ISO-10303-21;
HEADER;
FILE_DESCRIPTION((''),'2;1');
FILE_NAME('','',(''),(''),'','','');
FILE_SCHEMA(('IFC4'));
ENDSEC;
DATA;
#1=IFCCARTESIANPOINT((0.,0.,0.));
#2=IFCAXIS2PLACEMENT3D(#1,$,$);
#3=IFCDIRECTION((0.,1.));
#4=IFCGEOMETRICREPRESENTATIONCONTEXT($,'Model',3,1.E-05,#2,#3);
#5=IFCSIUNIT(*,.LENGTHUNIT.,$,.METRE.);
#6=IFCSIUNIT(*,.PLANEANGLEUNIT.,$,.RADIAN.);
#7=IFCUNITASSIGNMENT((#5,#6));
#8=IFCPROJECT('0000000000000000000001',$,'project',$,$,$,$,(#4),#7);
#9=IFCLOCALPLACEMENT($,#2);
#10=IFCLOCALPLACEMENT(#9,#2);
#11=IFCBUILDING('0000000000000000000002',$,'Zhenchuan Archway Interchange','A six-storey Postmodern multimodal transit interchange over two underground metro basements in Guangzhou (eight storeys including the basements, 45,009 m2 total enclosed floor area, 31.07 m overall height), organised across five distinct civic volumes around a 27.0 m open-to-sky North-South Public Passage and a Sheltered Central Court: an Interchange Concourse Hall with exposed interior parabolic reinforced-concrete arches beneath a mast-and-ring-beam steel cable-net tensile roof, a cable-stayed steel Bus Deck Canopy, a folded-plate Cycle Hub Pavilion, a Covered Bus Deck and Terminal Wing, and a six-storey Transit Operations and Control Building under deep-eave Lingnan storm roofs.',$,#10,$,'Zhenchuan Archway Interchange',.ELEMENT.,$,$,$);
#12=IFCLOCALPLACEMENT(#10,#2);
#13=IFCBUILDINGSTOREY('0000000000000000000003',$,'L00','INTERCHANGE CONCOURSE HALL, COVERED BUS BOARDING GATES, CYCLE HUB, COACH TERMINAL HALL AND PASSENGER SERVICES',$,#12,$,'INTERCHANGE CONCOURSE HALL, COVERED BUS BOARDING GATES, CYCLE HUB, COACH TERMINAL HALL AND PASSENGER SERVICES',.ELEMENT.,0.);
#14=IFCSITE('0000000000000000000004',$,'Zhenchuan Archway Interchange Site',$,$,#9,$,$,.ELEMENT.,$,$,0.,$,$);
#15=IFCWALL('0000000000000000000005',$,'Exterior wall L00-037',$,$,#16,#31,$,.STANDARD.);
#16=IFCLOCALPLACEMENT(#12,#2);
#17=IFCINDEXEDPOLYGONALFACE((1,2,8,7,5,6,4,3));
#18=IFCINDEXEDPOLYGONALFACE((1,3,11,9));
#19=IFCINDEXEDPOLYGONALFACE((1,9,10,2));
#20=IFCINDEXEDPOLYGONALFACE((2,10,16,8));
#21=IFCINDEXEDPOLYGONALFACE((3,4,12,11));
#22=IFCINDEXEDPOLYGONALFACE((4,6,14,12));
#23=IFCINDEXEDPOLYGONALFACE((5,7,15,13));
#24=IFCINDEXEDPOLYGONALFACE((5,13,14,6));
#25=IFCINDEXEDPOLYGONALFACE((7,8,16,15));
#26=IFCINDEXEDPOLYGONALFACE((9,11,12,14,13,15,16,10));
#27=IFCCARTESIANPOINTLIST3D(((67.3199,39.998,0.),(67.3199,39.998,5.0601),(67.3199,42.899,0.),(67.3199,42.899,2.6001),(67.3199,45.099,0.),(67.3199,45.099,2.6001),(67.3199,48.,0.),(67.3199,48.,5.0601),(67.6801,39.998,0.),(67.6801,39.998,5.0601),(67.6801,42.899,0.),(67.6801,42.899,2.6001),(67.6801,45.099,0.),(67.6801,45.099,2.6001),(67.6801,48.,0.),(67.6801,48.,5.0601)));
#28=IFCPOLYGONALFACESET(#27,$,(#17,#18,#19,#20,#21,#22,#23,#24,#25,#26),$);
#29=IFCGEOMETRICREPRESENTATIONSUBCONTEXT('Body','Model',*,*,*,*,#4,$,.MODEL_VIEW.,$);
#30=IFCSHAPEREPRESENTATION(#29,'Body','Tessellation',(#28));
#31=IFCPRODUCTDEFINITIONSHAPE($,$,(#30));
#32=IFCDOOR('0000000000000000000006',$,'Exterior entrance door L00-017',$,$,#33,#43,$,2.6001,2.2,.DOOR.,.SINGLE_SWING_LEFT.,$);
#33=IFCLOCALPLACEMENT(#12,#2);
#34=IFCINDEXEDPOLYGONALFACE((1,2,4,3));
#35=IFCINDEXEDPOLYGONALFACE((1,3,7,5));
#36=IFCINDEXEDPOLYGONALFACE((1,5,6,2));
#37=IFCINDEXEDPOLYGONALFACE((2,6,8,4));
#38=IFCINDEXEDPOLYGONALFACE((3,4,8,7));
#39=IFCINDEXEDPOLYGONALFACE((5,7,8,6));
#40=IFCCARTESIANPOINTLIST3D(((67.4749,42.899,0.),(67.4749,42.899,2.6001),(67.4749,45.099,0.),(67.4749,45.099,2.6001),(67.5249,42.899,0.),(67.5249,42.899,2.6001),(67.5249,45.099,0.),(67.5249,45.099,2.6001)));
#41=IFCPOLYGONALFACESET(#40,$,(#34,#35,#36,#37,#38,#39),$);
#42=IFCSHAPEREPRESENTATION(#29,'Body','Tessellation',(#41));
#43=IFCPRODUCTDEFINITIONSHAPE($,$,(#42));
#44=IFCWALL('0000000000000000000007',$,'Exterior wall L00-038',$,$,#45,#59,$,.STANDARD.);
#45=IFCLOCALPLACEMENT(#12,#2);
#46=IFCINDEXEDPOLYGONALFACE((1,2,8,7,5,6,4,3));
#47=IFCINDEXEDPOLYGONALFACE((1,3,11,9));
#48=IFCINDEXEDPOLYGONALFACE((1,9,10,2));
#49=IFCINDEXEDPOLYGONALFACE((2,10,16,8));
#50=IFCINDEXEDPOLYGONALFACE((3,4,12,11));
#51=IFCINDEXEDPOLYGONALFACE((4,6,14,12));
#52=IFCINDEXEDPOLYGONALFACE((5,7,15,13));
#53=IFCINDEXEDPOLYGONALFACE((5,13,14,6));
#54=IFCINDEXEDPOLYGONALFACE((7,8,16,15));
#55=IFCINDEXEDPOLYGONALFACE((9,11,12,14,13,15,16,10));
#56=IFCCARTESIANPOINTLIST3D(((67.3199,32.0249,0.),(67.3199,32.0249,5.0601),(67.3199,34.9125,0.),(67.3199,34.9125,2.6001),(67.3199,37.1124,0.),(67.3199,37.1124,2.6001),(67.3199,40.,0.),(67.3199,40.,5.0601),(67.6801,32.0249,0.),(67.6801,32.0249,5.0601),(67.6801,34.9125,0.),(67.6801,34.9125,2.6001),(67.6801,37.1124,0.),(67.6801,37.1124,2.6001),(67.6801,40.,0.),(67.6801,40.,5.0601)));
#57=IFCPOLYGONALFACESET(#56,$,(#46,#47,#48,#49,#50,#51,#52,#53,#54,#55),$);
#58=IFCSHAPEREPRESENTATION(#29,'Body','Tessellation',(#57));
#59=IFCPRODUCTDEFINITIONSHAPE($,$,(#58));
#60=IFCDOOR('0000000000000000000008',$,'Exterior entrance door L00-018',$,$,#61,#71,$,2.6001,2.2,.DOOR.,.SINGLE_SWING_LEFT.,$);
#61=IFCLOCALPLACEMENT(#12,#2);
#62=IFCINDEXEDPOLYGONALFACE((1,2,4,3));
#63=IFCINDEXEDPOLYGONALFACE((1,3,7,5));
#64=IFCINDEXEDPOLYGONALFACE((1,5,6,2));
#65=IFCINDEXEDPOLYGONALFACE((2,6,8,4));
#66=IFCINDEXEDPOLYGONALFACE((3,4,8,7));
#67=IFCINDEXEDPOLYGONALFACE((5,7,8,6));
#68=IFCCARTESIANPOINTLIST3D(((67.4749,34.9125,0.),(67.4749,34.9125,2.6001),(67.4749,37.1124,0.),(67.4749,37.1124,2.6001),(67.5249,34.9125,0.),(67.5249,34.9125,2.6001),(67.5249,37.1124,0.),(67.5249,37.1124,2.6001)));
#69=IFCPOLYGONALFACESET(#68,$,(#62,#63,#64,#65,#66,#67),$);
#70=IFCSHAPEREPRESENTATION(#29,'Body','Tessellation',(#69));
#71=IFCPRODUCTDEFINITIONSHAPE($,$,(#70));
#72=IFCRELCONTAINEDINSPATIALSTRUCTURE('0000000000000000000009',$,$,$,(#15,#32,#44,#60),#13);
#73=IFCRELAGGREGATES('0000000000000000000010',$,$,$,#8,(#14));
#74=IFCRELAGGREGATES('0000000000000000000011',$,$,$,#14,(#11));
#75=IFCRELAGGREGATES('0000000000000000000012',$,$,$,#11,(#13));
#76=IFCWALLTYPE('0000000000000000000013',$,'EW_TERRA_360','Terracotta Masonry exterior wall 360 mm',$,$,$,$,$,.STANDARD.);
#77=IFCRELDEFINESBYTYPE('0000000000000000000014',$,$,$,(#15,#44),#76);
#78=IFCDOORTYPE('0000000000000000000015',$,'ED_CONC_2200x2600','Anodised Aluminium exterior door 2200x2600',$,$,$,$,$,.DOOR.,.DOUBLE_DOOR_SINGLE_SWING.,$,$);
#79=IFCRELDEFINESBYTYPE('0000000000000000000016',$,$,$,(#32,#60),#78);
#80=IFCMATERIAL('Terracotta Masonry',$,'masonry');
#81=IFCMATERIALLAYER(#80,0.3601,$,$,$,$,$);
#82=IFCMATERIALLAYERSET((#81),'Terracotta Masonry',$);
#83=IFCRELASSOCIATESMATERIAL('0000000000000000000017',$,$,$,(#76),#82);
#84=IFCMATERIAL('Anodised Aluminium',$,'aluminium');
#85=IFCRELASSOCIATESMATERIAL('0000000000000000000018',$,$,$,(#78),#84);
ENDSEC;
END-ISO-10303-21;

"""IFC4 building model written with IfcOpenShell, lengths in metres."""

from ifc_helpers import new_model, si_unit, direction, frame, frame_2d, origin, place, context, subcontext, project, spatial, rectangle, extrude, material, layer, layer_set, type_object, element, fill, save


model = new_model("IFC4")

# Units and contexts
model_context = context("Model", 3, precision=1e-05, world=origin(), true_north=direction((0.0, 1.0)))
body_context = subcontext(model_context, "Body", "Model", "MODEL_VIEW")
ifc_project = project(units=[si_unit("LENGTHUNIT", "METRE"), si_unit("PLANEANGLEUNIT", "RADIAN")], contexts=[model_context])

# Site, building, storey
site_placement = place(None, origin())
site = spatial("IfcSite", under=ifc_project, at=site_placement, Name="Zhenchuan Archway Interchange Site", CompositionType="ELEMENT", RefElevation=0.0)
building_placement = place(site_placement, origin())
building = spatial("IfcBuilding", under=site, at=building_placement, Name="Zhenchuan Archway Interchange", Description="A six-storey Postmodern multimodal transit interchange over two underground metro basements in Guangzhou (eight storeys including the basements, 45,009 m2 total enclosed floor area, 31.07 m overall height), organised across five distinct civic volumes around a 27.0 m open-to-sky North-South Public Passage and a Sheltered Central Court: an Interchange Concourse Hall with exposed interior parabolic reinforced-concrete arches beneath a mast-and-ring-beam steel cable-net tensile roof, a cable-stayed steel Bus Deck Canopy, a folded-plate Cycle Hub Pavilion, a Covered Bus Deck and Terminal Wing, and a six-storey Transit Operations and Control Building under deep-eave Lingnan storm roofs.", LongName="Zhenchuan Archway Interchange", CompositionType="ELEMENT")
storey_placement = place(building_placement, origin())
storey = spatial("IfcBuildingStorey", under=building, at=storey_placement, Name="L00", Description="INTERCHANGE CONCOURSE HALL, COVERED BUS BOARDING GATES, CYCLE HUB, COACH TERMINAL HALL AND PASSENGER SERVICES", LongName="INTERCHANGE CONCOURSE HALL, COVERED BUS BOARDING GATES, CYCLE HUB, COACH TERMINAL HALL AND PASSENGER SERVICES", CompositionType="ELEMENT", Elevation=0.0)

# Walls, openings, doors
ifc_material_1 = material(Name="Terracotta Masonry", Category="masonry")
ifc_layer = layer(ifc_material_1, 0.3601)
ifc_layer_set = layer_set([ifc_layer], Name="Terracotta Masonry")
wall_type = type_object("IfcWallType", Name="EW_TERRA_360", Description="Terracotta Masonry exterior wall 360 mm", PredefinedType="STANDARD", material=ifc_layer_set)
ifc_material_2 = material(Name="Anodised Aluminium", Category="aluminium")
door_type = type_object("IfcDoorType", Name="ED_CONC_2200x2600", Description="Anodised Aluminium exterior door 2200x2600", OperationType="DOUBLE_DOOR_SINGLE_SWING", PredefinedType="DOOR", material=ifc_material_2)
wall_1_placement = place(storey_placement, frame((67.5, 48.0, 0.0), z_axis=(0.0, 0.0, 1.0), x_axis=(0.0, -1.0, 0.0)))
wall_1 = element("IfcWall", 1, at=wall_1_placement, inside=storey, type_object=wall_type, Name="Exterior wall L00-037", PredefinedType="STANDARD", context=body_context, shape_type="SweptSolid", body=[
    extrude(rectangle(XDim=8.002, YDim=0.3601, at=frame_2d((4.001, 0.0))), origin(), (0.0, 0.0, 1.0), 5.0601),
])
opening_1_placement = place(wall_1_placement, frame((2.9009, 0.0, 0.0)))
opening_1 = element("IfcOpeningElement", 2, at=opening_1_placement, cuts=wall_1, PredefinedType="OPENING", context=body_context, shape_type="SweptSolid", body=[
    extrude(rectangle(XDim=2.2, YDim=2.6001, at=frame_2d((1.1001, 1.3))), frame((0.0, 0.1919, 0.0), z_axis=(0.0, -1.0, 0.0), x_axis=(1.0, 0.0, 0.0)), (0.0, 0.0, 1.0), 0.384),
])
door_1_placement = place(opening_1_placement, origin())
door_1 = element("IfcDoor", 3, at=door_1_placement, inside=storey, type_object=door_type, Name="Exterior entrance door L00-017", OperationType="SINGLE_SWING_LEFT", OverallHeight=2.6001, OverallWidth=2.2, PredefinedType="DOOR", context=body_context, shape_type="SweptSolid", body=[
    extrude(rectangle(XDim=2.2, YDim=2.6001, at=frame_2d((1.1001, 1.3))), frame((0.0, 0.0249, 0.0), z_axis=(0.0, -1.0, 0.0), x_axis=(1.0, 0.0, 0.0)), (0.0, 0.0, 1.0), 0.05),
])
fill(opening_1, door_1)
wall_2_placement = place(storey_placement, frame((67.5, 40.0, 0.0), z_axis=(0.0, 0.0, 1.0), x_axis=(0.0, -1.0, 0.0)))
wall_2 = element("IfcWall", 4, at=wall_2_placement, inside=storey, type_object=wall_type, Name="Exterior wall L00-038", PredefinedType="STANDARD", context=body_context, shape_type="SweptSolid", body=[
    extrude(rectangle(XDim=7.9751, YDim=0.3601, at=frame_2d((3.9875, 0.0))), origin(), (0.0, 0.0, 1.0), 5.0601),
])
opening_2_placement = place(wall_2_placement, frame((2.8875, 0.0, 0.0)))
opening_2 = element("IfcOpeningElement", 5, at=opening_2_placement, cuts=wall_2, PredefinedType="OPENING", context=body_context, shape_type="SweptSolid", body=[
    extrude(rectangle(XDim=2.2, YDim=2.6001, at=frame_2d((1.1001, 1.3))), frame((0.0, 0.1919, 0.0), z_axis=(0.0, -1.0, 0.0), x_axis=(1.0, 0.0, 0.0)), (0.0, 0.0, 1.0), 0.384),
])
door_2_placement = place(opening_2_placement, origin())
door_2 = element("IfcDoor", 6, at=door_2_placement, inside=storey, type_object=door_type, Name="Exterior entrance door L00-018", OperationType="SINGLE_SWING_LEFT", OverallHeight=2.6001, OverallWidth=2.2, PredefinedType="DOOR", context=body_context, shape_type="SweptSolid", body=[
    extrude(rectangle(XDim=2.2, YDim=2.6001, at=frame_2d((1.1001, 1.3))), frame((0.0, 0.0249, 0.0), z_axis=(0.0, -1.0, 0.0), x_axis=(1.0, 0.0, 0.0)), (0.0, 0.0, 1.0), 0.05),
])
fill(opening_2, door_2)

save(model, "model.ifc")
